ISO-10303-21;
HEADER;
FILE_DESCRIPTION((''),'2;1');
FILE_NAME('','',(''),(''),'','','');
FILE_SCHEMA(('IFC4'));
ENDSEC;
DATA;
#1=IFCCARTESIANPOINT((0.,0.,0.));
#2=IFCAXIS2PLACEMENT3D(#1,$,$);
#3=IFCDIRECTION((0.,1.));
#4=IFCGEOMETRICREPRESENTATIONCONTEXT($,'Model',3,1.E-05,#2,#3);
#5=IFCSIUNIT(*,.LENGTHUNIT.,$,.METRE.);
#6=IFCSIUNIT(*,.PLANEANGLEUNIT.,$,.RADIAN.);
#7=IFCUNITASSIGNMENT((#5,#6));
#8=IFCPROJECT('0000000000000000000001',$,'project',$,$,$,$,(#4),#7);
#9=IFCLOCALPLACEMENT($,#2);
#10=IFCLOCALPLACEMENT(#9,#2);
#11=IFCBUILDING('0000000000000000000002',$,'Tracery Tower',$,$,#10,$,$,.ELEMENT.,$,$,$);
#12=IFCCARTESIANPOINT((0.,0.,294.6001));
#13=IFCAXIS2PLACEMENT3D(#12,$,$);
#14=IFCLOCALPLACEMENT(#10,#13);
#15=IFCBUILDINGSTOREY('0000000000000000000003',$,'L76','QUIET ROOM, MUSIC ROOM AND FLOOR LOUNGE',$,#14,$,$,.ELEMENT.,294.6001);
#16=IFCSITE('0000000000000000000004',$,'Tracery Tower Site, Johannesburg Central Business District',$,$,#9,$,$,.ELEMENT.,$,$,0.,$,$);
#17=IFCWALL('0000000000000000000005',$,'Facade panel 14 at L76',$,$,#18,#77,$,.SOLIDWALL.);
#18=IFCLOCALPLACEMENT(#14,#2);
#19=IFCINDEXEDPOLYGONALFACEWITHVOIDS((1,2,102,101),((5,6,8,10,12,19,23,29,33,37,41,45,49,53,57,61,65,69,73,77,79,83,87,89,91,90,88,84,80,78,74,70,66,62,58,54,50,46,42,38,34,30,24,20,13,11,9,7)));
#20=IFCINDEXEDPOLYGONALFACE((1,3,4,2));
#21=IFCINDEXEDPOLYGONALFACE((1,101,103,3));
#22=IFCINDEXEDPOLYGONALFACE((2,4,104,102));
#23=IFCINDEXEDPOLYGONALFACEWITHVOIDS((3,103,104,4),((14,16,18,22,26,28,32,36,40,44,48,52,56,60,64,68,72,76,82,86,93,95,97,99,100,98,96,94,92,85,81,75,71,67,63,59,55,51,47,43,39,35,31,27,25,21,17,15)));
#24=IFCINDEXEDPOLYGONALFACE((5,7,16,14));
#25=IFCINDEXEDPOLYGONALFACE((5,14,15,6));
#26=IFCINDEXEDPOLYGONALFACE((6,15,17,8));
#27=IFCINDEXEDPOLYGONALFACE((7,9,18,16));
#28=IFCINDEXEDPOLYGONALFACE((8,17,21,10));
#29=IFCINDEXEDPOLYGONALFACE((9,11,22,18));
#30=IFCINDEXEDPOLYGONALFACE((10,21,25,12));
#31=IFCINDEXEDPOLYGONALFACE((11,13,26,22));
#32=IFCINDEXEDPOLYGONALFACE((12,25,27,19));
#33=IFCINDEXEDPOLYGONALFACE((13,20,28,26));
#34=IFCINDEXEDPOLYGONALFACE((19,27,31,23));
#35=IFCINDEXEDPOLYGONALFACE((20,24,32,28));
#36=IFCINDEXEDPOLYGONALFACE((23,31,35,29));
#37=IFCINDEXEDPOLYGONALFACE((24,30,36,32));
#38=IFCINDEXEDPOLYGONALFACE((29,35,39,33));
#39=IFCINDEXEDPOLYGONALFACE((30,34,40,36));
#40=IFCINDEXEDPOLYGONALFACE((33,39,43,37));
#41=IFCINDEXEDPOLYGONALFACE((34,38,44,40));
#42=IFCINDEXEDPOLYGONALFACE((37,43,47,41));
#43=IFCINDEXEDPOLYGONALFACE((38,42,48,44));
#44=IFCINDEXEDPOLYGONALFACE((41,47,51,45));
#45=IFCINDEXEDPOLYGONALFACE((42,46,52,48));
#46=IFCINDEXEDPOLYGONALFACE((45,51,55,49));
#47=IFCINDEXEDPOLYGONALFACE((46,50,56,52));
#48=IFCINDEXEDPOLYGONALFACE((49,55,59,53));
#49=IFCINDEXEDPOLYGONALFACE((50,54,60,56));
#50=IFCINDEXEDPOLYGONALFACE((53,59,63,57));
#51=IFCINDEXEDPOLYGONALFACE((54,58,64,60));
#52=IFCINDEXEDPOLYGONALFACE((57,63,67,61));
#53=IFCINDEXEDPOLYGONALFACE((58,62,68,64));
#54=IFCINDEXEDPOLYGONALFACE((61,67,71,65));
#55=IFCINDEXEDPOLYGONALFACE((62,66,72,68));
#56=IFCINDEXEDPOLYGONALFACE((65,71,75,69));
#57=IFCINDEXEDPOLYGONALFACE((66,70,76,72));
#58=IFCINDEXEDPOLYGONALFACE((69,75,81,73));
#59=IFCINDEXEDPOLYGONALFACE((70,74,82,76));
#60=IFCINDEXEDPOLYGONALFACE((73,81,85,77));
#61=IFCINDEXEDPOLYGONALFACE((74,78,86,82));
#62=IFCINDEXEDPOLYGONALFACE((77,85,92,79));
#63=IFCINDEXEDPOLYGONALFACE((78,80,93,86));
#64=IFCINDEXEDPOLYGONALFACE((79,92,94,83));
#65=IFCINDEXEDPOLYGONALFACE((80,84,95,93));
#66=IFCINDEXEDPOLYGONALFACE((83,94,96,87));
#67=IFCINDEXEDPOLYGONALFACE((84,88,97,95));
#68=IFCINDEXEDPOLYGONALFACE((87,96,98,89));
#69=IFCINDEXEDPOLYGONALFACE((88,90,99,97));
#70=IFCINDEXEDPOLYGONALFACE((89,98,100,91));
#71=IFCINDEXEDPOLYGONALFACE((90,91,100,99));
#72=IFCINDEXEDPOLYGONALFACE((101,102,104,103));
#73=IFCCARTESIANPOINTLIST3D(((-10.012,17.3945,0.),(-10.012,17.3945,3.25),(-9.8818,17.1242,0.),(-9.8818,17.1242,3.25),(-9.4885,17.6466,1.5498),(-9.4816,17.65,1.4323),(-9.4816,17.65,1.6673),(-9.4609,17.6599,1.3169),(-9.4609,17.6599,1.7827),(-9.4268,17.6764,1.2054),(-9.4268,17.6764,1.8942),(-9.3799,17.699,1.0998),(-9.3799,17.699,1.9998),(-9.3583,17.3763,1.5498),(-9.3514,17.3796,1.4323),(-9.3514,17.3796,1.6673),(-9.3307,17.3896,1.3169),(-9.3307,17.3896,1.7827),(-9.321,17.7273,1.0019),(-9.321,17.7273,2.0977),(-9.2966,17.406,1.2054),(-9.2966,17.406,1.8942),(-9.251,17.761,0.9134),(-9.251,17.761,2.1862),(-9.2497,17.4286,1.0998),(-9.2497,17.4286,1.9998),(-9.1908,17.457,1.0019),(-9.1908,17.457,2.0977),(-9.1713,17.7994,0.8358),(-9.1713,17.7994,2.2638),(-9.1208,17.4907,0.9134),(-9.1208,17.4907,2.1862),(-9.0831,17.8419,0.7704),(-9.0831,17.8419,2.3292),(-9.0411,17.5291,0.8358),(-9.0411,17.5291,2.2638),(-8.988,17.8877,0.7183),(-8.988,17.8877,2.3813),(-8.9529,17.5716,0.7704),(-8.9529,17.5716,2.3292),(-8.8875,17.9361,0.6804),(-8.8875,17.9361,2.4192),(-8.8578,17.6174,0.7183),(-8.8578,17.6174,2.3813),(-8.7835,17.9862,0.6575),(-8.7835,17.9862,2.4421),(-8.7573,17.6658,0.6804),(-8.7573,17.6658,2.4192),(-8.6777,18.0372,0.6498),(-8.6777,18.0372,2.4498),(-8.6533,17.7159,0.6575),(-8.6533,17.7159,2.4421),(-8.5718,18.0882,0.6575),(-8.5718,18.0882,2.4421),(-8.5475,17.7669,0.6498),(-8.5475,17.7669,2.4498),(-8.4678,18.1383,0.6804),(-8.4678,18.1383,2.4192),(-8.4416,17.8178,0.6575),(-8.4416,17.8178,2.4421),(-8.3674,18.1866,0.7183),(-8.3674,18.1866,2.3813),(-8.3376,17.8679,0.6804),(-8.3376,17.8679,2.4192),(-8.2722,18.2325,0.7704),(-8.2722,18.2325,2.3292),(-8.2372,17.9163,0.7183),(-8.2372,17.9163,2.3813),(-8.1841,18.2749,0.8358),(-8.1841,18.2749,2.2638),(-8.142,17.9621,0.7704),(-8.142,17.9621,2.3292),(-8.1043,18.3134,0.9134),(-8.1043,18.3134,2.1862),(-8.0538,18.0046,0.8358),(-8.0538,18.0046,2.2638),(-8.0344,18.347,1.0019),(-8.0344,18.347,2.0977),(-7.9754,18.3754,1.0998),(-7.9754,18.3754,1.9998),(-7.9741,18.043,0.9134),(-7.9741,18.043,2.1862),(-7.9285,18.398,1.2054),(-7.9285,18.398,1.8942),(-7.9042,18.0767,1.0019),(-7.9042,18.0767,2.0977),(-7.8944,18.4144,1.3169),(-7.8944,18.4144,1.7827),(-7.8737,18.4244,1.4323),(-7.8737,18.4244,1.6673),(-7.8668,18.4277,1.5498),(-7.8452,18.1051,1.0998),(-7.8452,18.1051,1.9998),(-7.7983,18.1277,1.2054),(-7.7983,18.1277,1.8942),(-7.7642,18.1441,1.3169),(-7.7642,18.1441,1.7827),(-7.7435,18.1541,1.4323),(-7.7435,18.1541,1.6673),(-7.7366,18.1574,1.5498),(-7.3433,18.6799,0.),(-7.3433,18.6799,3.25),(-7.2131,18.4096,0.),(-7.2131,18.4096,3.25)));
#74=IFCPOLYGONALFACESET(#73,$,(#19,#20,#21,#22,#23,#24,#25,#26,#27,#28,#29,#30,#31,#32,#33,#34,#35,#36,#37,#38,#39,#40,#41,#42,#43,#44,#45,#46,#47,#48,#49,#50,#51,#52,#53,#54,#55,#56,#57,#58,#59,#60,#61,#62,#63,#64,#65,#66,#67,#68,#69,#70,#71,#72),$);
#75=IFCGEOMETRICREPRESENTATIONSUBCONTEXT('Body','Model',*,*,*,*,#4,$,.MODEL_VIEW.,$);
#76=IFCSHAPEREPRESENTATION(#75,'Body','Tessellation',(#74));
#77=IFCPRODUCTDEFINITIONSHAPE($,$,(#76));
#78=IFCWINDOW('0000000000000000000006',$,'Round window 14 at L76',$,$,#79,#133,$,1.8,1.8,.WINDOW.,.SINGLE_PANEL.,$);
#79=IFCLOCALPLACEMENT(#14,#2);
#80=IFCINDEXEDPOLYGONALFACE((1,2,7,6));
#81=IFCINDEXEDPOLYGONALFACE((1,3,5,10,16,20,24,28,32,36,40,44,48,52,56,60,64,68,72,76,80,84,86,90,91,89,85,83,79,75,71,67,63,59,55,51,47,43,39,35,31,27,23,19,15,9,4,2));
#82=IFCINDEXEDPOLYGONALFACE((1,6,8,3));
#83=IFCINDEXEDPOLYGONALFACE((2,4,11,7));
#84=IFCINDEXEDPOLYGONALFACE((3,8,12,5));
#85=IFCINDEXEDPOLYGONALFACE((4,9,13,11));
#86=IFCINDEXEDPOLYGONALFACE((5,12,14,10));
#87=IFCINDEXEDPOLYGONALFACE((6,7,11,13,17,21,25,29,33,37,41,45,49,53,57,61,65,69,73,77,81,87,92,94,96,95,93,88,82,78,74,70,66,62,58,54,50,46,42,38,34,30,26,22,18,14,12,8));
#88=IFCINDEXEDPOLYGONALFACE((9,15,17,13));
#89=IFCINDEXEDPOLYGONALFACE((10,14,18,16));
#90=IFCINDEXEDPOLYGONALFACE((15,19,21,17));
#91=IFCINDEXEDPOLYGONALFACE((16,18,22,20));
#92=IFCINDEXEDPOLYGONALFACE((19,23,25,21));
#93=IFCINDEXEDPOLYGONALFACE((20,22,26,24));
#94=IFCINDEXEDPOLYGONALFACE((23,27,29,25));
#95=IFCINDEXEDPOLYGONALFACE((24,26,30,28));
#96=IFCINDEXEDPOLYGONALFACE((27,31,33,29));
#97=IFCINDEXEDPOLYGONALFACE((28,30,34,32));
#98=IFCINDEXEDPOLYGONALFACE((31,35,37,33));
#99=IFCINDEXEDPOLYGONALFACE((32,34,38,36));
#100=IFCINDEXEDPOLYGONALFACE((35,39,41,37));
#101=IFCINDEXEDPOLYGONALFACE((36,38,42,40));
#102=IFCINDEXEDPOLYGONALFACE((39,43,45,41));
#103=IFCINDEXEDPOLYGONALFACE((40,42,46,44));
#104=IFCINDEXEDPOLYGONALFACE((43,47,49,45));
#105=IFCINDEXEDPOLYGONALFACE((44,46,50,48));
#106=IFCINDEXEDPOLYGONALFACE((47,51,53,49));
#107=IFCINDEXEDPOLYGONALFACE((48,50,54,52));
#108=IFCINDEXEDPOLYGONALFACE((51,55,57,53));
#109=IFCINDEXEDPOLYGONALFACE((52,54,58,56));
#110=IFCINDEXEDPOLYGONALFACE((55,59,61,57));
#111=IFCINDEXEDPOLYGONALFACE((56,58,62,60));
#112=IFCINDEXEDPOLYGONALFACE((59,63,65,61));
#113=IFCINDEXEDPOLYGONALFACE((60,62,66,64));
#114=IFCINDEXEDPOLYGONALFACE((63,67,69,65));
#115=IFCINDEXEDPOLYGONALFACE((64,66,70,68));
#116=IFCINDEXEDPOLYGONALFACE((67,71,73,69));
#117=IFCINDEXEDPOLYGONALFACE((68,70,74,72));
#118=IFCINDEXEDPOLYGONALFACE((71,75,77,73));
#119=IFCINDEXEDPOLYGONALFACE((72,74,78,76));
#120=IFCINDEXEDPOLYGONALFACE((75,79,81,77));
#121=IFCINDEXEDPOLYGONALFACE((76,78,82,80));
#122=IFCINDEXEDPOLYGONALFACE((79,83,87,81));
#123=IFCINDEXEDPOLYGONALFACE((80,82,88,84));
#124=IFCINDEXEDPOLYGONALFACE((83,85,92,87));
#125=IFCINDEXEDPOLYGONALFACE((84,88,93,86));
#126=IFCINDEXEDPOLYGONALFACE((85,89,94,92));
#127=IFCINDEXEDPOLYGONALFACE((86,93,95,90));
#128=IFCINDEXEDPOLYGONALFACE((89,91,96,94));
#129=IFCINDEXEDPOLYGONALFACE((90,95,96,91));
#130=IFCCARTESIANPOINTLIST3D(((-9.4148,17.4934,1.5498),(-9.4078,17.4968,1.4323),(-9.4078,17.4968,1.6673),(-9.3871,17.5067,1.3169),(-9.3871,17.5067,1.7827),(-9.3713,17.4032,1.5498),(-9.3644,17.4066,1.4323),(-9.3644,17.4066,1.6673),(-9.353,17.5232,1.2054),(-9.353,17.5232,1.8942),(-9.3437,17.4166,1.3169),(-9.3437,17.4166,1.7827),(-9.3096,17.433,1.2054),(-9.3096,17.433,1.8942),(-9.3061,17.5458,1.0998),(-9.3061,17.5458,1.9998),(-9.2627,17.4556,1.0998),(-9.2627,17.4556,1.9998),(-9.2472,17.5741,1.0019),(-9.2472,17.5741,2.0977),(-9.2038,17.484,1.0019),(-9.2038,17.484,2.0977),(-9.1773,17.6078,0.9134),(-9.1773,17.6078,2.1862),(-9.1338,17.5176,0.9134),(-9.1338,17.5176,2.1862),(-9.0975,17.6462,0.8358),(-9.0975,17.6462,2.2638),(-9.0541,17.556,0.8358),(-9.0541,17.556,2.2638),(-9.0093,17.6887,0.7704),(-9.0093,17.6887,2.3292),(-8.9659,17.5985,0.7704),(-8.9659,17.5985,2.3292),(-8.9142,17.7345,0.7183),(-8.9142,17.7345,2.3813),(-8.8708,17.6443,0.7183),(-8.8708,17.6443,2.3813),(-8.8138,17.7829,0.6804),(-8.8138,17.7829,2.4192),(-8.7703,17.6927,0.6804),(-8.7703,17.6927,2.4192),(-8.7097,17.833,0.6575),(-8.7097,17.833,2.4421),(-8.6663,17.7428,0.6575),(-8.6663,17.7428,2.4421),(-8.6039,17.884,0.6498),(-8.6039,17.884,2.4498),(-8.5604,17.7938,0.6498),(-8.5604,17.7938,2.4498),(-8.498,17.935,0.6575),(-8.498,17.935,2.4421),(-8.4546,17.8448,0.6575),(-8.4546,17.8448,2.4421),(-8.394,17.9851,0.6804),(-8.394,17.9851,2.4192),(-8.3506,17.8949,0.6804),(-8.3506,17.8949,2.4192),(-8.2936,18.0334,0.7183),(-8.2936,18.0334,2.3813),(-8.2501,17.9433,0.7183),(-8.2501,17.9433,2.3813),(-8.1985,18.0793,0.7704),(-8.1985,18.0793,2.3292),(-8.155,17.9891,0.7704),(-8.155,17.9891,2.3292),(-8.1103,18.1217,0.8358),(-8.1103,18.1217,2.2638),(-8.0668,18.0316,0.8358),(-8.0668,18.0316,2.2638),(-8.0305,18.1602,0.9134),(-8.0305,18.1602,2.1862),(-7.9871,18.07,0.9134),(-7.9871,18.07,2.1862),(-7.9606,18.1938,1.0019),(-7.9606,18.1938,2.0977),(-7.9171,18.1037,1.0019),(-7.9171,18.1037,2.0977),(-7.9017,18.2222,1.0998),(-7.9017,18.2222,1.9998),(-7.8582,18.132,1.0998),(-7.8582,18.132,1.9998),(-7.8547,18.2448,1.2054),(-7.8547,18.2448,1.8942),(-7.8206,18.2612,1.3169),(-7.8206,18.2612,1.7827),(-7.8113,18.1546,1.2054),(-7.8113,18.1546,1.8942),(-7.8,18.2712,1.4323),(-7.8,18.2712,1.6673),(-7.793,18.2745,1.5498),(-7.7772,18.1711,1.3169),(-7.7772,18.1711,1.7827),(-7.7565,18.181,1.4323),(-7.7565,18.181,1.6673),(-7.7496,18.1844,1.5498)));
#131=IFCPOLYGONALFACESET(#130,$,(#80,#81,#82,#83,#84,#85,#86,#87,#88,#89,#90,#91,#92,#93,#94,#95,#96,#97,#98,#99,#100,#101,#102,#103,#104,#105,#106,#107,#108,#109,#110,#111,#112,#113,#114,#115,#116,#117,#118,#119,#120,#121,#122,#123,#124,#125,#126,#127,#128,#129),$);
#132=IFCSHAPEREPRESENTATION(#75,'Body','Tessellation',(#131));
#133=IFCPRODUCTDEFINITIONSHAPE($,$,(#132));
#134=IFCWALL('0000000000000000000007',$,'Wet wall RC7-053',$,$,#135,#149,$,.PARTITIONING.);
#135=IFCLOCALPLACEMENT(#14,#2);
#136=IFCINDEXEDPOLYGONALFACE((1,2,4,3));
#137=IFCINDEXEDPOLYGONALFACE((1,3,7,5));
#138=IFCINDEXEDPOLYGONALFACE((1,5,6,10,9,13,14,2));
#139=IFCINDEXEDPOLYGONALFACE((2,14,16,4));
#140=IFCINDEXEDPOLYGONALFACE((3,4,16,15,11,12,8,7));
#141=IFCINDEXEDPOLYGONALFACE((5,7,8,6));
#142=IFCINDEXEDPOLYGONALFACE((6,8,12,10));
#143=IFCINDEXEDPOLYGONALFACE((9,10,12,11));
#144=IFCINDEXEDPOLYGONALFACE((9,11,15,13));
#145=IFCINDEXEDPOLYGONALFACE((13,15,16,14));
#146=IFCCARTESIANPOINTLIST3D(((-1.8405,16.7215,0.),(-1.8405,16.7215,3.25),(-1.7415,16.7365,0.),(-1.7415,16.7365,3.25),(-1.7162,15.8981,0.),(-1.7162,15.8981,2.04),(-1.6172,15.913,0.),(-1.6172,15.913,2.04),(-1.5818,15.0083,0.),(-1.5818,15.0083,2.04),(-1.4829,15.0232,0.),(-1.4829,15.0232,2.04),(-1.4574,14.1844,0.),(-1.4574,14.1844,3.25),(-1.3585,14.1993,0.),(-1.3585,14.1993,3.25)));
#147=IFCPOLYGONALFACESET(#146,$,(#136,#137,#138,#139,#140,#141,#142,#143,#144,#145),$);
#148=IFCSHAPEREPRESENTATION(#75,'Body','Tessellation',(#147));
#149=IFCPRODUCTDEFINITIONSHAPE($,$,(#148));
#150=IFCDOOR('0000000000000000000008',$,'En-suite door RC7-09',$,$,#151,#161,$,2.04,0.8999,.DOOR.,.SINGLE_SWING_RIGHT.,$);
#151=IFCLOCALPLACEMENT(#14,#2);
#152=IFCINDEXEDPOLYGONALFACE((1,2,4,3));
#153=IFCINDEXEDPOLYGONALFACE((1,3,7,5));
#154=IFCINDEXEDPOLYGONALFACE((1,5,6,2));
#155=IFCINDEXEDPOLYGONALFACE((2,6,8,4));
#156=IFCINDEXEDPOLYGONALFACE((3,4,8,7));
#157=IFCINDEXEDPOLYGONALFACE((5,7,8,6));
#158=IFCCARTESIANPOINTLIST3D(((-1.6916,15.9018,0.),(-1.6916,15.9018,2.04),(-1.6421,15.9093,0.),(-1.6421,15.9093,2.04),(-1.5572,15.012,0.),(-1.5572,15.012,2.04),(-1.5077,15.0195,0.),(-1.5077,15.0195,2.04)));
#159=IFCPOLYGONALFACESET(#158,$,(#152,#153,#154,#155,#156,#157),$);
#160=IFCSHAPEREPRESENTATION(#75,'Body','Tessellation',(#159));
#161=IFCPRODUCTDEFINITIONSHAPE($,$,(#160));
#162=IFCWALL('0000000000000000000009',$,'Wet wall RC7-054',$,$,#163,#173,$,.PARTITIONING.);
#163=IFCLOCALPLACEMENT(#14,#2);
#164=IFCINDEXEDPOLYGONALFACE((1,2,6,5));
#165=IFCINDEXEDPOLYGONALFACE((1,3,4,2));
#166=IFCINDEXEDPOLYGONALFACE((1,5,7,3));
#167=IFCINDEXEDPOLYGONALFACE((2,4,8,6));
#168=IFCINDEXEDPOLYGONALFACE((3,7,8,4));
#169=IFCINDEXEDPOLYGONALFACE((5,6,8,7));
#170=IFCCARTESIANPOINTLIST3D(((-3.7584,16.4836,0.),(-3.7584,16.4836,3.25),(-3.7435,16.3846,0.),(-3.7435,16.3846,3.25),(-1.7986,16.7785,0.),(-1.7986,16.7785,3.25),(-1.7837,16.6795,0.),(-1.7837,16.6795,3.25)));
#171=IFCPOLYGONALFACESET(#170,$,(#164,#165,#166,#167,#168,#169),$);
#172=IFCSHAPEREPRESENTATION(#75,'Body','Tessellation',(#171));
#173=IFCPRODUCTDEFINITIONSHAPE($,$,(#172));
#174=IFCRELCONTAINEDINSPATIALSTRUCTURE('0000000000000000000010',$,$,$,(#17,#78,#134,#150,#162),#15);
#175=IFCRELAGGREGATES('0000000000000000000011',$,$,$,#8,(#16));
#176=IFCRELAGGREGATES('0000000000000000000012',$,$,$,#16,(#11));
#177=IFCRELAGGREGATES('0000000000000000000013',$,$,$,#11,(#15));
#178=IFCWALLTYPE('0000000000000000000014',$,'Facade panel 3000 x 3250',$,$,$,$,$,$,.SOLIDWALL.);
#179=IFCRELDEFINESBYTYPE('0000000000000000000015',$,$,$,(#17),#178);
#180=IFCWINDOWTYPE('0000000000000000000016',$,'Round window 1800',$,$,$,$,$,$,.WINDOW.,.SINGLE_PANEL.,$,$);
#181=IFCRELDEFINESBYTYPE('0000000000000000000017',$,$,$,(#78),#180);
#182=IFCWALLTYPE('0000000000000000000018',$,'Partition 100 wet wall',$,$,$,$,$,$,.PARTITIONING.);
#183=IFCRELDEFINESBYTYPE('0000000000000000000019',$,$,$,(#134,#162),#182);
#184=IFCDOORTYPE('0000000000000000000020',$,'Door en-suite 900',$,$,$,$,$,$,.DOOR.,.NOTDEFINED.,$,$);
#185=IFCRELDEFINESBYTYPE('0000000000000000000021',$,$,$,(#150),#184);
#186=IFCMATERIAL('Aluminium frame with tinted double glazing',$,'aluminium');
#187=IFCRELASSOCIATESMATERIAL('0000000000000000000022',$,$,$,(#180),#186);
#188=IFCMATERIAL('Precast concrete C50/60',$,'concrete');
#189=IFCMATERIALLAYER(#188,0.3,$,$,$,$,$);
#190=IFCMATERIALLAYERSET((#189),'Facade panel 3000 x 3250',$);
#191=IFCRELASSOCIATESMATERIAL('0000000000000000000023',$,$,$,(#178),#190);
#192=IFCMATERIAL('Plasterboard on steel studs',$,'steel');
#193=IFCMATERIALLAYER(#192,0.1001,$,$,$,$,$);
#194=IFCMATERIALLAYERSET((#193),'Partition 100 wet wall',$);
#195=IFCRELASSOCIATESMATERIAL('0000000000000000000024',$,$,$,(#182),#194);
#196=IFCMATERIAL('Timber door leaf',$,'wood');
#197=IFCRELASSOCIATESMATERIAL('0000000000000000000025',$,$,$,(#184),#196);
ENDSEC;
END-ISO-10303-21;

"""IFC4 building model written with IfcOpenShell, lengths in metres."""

from ifc_helpers import new_model, si_unit, direction, frame, frame_2d, origin, origin_2d, place, context, subcontext, project, spatial, rectangle, circle, extrude, material, layer, layer_set, type_object, element, fill, save


model = new_model("IFC4")

# Units and contexts
model_context = context("Model", 3, precision=1e-05, world=origin(), true_north=direction((0.0, 1.0)))
body_context = subcontext(model_context, "Body", "Model", "MODEL_VIEW")
ifc_project = project(units=[si_unit("LENGTHUNIT", "METRE"), si_unit("PLANEANGLEUNIT", "RADIAN")], contexts=[model_context])

# Site, building, storey
site_placement = place(None, origin())
site = spatial("IfcSite", under=ifc_project, at=site_placement, Name="Tracery Tower Site, Johannesburg Central Business District", CompositionType="ELEMENT", RefElevation=0.0)
building_placement = place(site_placement, origin())
building = spatial("IfcBuilding", under=site, at=building_placement, Name="Tracery Tower", CompositionType="ELEMENT")
storey_placement = place(building_placement, frame((0.0, 0.0, 294.6001)))
storey = spatial("IfcBuildingStorey", under=building, at=storey_placement, Name="L76", Description="QUIET ROOM, MUSIC ROOM AND FLOOR LOUNGE", CompositionType="ELEMENT", Elevation=294.6001)

# Wall, opening, window
ifc_material_1 = material(Name="Aluminium frame with tinted double glazing", Category="aluminium")
window_type = type_object("IfcWindowType", Name="Round window 1800", PartitioningType="SINGLE_PANEL", PredefinedType="WINDOW", material=ifc_material_1)
ifc_material_2 = material(Name="Precast concrete C50/60", Category="concrete")
ifc_layer_1 = layer(ifc_material_2, 0.3)
ifc_layer_set_1 = layer_set([ifc_layer_1], Name="Facade panel 3000 x 3250")
wall_type_1 = type_object("IfcWallType", Name="Facade panel 3000 x 3250", PredefinedType="SOLIDWALL", material=ifc_layer_set_1)
wall_1_placement = place(storey_placement, frame((-7.2783, 18.5447, 0.0), z_axis=(0.0, 0.0, 1.0), x_axis=(-0.90094, -0.433944, 0.0)))
wall_1 = element("IfcWall", 1, at=wall_1_placement, inside=storey, type_object=wall_type_1, Name="Facade panel 14 at L76", PredefinedType="SOLIDWALL", context=body_context, shape_type="SweptSolid", body=[
    extrude(rectangle(XDim=2.9622, YDim=0.3, at=frame_2d((1.481, 0.0))), origin(), (0.0, 0.0, 1.0), 3.25),
])
opening_1_placement = place(wall_1_placement, frame((1.481, 0.0, 1.5498)))
opening_1 = element("IfcOpeningElement", 2, at=opening_1_placement, cuts=wall_1, PredefinedType="OPENING", context=body_context, shape_type="SweptSolid", body=[
    extrude(circle(Radius=0.9, at=origin_2d()), frame((0.0, 0.1599, 0.0), z_axis=(0.0, -1.0, 0.0), x_axis=(1.0, 0.0, 0.0)), (0.0, 0.0, 1.0), 0.3201),
])
window_1_placement = place(opening_1_placement, origin())
window_1 = element("IfcWindow", 3, at=window_1_placement, inside=storey, type_object=window_type, Name="Round window 14 at L76", OverallHeight=1.8, OverallWidth=1.8, PartitioningType="SINGLE_PANEL", PredefinedType="WINDOW", context=body_context, shape_type="SweptSolid", body=[
    extrude(circle(Radius=0.9, at=origin_2d()), frame((0.0, 0.1201, 0.0), z_axis=(0.0, -1.0, 0.0), x_axis=(1.0, 0.0, 0.0)), (0.0, 0.0, 1.0), 0.1001),
])
fill(opening_1, window_1)

# Wall, opening, door
ifc_material_3 = material(Name="Plasterboard on steel studs", Category="steel")
ifc_layer_2 = layer(ifc_material_3, 0.1001)
ifc_layer_set_2 = layer_set([ifc_layer_2], Name="Partition 100 wet wall")
wall_type_2 = type_object("IfcWallType", Name="Partition 100 wet wall", PredefinedType="PARTITIONING", material=ifc_layer_set_2)
wall_2_placement = place(storey_placement, frame((-1.791, 16.729, 0.0), z_axis=(0.0, 0.0, 1.0), x_axis=(0.14929, -0.988794, 0.0)))
wall_2 = element("IfcWall", 4, at=wall_2_placement, inside=storey, type_object=wall_type_2, Name="Wet wall RC7-053", PredefinedType="PARTITIONING", context=body_context, shape_type="SweptSolid", body=[
    extrude(rectangle(XDim=2.5659, YDim=0.1001, at=frame_2d((1.283, 0.0))), origin(), (0.0, 0.0, 1.0), 3.25),
])
opening_2_placement = place(wall_2_placement, frame((0.8328, 0.0, 0.0)))
opening_2 = element("IfcOpeningElement", 5, at=opening_2_placement, cuts=wall_2, PredefinedType="OPENING", context=body_context, shape_type="SweptSolid", body=[
    extrude(rectangle(XDim=0.8999, YDim=2.04, at=frame_2d((0.45, 1.02))), frame((0.0, 0.05, 0.0), z_axis=(0.0, -1.0, 0.0), x_axis=(1.0, 0.0, 0.0)), (0.0, 0.0, 1.0), 0.1001),
])
ifc_material_4 = material(Name="Timber door leaf", Category="wood")
door_type_1 = type_object("IfcDoorType", Name="Door en-suite 900", OperationType="NOTDEFINED", PredefinedType="DOOR", material=ifc_material_4)
door_1_placement = place(opening_2_placement, origin())
door_1 = element("IfcDoor", 6, at=door_1_placement, inside=storey, type_object=door_type_1, Name="En-suite door RC7-09", OperationType="SINGLE_SWING_RIGHT", OverallHeight=2.04, OverallWidth=0.8999, PredefinedType="DOOR", context=body_context, shape_type="SweptSolid", body=[
    extrude(rectangle(XDim=0.8999, YDim=2.04, at=frame_2d((0.45, 1.02))), frame((0.0, 0.0249, 0.0), z_axis=(0.0, -1.0, 0.0), x_axis=(1.0, 0.0, 0.0)), (0.0, 0.0, 1.0), 0.05),
])
fill(opening_2, door_1)

# Wall
wall_3_placement = place(storey_placement, frame((-3.751, 16.4341, 0.0), z_axis=(0.0, 0.0, 1.0), x_axis=(0.988868, 0.148798, 0.0)))
element("IfcWall", 7, at=wall_3_placement, inside=storey, type_object=wall_type_2, Name="Wet wall RC7-054", PredefinedType="PARTITIONING", context=body_context, shape_type="SweptSolid", body=[
    extrude(rectangle(XDim=1.9819, YDim=0.1001, at=frame_2d((0.991, 0.0))), origin(), (0.0, 0.0, 1.0), 3.25),
])

save(model, "model.ifc")
